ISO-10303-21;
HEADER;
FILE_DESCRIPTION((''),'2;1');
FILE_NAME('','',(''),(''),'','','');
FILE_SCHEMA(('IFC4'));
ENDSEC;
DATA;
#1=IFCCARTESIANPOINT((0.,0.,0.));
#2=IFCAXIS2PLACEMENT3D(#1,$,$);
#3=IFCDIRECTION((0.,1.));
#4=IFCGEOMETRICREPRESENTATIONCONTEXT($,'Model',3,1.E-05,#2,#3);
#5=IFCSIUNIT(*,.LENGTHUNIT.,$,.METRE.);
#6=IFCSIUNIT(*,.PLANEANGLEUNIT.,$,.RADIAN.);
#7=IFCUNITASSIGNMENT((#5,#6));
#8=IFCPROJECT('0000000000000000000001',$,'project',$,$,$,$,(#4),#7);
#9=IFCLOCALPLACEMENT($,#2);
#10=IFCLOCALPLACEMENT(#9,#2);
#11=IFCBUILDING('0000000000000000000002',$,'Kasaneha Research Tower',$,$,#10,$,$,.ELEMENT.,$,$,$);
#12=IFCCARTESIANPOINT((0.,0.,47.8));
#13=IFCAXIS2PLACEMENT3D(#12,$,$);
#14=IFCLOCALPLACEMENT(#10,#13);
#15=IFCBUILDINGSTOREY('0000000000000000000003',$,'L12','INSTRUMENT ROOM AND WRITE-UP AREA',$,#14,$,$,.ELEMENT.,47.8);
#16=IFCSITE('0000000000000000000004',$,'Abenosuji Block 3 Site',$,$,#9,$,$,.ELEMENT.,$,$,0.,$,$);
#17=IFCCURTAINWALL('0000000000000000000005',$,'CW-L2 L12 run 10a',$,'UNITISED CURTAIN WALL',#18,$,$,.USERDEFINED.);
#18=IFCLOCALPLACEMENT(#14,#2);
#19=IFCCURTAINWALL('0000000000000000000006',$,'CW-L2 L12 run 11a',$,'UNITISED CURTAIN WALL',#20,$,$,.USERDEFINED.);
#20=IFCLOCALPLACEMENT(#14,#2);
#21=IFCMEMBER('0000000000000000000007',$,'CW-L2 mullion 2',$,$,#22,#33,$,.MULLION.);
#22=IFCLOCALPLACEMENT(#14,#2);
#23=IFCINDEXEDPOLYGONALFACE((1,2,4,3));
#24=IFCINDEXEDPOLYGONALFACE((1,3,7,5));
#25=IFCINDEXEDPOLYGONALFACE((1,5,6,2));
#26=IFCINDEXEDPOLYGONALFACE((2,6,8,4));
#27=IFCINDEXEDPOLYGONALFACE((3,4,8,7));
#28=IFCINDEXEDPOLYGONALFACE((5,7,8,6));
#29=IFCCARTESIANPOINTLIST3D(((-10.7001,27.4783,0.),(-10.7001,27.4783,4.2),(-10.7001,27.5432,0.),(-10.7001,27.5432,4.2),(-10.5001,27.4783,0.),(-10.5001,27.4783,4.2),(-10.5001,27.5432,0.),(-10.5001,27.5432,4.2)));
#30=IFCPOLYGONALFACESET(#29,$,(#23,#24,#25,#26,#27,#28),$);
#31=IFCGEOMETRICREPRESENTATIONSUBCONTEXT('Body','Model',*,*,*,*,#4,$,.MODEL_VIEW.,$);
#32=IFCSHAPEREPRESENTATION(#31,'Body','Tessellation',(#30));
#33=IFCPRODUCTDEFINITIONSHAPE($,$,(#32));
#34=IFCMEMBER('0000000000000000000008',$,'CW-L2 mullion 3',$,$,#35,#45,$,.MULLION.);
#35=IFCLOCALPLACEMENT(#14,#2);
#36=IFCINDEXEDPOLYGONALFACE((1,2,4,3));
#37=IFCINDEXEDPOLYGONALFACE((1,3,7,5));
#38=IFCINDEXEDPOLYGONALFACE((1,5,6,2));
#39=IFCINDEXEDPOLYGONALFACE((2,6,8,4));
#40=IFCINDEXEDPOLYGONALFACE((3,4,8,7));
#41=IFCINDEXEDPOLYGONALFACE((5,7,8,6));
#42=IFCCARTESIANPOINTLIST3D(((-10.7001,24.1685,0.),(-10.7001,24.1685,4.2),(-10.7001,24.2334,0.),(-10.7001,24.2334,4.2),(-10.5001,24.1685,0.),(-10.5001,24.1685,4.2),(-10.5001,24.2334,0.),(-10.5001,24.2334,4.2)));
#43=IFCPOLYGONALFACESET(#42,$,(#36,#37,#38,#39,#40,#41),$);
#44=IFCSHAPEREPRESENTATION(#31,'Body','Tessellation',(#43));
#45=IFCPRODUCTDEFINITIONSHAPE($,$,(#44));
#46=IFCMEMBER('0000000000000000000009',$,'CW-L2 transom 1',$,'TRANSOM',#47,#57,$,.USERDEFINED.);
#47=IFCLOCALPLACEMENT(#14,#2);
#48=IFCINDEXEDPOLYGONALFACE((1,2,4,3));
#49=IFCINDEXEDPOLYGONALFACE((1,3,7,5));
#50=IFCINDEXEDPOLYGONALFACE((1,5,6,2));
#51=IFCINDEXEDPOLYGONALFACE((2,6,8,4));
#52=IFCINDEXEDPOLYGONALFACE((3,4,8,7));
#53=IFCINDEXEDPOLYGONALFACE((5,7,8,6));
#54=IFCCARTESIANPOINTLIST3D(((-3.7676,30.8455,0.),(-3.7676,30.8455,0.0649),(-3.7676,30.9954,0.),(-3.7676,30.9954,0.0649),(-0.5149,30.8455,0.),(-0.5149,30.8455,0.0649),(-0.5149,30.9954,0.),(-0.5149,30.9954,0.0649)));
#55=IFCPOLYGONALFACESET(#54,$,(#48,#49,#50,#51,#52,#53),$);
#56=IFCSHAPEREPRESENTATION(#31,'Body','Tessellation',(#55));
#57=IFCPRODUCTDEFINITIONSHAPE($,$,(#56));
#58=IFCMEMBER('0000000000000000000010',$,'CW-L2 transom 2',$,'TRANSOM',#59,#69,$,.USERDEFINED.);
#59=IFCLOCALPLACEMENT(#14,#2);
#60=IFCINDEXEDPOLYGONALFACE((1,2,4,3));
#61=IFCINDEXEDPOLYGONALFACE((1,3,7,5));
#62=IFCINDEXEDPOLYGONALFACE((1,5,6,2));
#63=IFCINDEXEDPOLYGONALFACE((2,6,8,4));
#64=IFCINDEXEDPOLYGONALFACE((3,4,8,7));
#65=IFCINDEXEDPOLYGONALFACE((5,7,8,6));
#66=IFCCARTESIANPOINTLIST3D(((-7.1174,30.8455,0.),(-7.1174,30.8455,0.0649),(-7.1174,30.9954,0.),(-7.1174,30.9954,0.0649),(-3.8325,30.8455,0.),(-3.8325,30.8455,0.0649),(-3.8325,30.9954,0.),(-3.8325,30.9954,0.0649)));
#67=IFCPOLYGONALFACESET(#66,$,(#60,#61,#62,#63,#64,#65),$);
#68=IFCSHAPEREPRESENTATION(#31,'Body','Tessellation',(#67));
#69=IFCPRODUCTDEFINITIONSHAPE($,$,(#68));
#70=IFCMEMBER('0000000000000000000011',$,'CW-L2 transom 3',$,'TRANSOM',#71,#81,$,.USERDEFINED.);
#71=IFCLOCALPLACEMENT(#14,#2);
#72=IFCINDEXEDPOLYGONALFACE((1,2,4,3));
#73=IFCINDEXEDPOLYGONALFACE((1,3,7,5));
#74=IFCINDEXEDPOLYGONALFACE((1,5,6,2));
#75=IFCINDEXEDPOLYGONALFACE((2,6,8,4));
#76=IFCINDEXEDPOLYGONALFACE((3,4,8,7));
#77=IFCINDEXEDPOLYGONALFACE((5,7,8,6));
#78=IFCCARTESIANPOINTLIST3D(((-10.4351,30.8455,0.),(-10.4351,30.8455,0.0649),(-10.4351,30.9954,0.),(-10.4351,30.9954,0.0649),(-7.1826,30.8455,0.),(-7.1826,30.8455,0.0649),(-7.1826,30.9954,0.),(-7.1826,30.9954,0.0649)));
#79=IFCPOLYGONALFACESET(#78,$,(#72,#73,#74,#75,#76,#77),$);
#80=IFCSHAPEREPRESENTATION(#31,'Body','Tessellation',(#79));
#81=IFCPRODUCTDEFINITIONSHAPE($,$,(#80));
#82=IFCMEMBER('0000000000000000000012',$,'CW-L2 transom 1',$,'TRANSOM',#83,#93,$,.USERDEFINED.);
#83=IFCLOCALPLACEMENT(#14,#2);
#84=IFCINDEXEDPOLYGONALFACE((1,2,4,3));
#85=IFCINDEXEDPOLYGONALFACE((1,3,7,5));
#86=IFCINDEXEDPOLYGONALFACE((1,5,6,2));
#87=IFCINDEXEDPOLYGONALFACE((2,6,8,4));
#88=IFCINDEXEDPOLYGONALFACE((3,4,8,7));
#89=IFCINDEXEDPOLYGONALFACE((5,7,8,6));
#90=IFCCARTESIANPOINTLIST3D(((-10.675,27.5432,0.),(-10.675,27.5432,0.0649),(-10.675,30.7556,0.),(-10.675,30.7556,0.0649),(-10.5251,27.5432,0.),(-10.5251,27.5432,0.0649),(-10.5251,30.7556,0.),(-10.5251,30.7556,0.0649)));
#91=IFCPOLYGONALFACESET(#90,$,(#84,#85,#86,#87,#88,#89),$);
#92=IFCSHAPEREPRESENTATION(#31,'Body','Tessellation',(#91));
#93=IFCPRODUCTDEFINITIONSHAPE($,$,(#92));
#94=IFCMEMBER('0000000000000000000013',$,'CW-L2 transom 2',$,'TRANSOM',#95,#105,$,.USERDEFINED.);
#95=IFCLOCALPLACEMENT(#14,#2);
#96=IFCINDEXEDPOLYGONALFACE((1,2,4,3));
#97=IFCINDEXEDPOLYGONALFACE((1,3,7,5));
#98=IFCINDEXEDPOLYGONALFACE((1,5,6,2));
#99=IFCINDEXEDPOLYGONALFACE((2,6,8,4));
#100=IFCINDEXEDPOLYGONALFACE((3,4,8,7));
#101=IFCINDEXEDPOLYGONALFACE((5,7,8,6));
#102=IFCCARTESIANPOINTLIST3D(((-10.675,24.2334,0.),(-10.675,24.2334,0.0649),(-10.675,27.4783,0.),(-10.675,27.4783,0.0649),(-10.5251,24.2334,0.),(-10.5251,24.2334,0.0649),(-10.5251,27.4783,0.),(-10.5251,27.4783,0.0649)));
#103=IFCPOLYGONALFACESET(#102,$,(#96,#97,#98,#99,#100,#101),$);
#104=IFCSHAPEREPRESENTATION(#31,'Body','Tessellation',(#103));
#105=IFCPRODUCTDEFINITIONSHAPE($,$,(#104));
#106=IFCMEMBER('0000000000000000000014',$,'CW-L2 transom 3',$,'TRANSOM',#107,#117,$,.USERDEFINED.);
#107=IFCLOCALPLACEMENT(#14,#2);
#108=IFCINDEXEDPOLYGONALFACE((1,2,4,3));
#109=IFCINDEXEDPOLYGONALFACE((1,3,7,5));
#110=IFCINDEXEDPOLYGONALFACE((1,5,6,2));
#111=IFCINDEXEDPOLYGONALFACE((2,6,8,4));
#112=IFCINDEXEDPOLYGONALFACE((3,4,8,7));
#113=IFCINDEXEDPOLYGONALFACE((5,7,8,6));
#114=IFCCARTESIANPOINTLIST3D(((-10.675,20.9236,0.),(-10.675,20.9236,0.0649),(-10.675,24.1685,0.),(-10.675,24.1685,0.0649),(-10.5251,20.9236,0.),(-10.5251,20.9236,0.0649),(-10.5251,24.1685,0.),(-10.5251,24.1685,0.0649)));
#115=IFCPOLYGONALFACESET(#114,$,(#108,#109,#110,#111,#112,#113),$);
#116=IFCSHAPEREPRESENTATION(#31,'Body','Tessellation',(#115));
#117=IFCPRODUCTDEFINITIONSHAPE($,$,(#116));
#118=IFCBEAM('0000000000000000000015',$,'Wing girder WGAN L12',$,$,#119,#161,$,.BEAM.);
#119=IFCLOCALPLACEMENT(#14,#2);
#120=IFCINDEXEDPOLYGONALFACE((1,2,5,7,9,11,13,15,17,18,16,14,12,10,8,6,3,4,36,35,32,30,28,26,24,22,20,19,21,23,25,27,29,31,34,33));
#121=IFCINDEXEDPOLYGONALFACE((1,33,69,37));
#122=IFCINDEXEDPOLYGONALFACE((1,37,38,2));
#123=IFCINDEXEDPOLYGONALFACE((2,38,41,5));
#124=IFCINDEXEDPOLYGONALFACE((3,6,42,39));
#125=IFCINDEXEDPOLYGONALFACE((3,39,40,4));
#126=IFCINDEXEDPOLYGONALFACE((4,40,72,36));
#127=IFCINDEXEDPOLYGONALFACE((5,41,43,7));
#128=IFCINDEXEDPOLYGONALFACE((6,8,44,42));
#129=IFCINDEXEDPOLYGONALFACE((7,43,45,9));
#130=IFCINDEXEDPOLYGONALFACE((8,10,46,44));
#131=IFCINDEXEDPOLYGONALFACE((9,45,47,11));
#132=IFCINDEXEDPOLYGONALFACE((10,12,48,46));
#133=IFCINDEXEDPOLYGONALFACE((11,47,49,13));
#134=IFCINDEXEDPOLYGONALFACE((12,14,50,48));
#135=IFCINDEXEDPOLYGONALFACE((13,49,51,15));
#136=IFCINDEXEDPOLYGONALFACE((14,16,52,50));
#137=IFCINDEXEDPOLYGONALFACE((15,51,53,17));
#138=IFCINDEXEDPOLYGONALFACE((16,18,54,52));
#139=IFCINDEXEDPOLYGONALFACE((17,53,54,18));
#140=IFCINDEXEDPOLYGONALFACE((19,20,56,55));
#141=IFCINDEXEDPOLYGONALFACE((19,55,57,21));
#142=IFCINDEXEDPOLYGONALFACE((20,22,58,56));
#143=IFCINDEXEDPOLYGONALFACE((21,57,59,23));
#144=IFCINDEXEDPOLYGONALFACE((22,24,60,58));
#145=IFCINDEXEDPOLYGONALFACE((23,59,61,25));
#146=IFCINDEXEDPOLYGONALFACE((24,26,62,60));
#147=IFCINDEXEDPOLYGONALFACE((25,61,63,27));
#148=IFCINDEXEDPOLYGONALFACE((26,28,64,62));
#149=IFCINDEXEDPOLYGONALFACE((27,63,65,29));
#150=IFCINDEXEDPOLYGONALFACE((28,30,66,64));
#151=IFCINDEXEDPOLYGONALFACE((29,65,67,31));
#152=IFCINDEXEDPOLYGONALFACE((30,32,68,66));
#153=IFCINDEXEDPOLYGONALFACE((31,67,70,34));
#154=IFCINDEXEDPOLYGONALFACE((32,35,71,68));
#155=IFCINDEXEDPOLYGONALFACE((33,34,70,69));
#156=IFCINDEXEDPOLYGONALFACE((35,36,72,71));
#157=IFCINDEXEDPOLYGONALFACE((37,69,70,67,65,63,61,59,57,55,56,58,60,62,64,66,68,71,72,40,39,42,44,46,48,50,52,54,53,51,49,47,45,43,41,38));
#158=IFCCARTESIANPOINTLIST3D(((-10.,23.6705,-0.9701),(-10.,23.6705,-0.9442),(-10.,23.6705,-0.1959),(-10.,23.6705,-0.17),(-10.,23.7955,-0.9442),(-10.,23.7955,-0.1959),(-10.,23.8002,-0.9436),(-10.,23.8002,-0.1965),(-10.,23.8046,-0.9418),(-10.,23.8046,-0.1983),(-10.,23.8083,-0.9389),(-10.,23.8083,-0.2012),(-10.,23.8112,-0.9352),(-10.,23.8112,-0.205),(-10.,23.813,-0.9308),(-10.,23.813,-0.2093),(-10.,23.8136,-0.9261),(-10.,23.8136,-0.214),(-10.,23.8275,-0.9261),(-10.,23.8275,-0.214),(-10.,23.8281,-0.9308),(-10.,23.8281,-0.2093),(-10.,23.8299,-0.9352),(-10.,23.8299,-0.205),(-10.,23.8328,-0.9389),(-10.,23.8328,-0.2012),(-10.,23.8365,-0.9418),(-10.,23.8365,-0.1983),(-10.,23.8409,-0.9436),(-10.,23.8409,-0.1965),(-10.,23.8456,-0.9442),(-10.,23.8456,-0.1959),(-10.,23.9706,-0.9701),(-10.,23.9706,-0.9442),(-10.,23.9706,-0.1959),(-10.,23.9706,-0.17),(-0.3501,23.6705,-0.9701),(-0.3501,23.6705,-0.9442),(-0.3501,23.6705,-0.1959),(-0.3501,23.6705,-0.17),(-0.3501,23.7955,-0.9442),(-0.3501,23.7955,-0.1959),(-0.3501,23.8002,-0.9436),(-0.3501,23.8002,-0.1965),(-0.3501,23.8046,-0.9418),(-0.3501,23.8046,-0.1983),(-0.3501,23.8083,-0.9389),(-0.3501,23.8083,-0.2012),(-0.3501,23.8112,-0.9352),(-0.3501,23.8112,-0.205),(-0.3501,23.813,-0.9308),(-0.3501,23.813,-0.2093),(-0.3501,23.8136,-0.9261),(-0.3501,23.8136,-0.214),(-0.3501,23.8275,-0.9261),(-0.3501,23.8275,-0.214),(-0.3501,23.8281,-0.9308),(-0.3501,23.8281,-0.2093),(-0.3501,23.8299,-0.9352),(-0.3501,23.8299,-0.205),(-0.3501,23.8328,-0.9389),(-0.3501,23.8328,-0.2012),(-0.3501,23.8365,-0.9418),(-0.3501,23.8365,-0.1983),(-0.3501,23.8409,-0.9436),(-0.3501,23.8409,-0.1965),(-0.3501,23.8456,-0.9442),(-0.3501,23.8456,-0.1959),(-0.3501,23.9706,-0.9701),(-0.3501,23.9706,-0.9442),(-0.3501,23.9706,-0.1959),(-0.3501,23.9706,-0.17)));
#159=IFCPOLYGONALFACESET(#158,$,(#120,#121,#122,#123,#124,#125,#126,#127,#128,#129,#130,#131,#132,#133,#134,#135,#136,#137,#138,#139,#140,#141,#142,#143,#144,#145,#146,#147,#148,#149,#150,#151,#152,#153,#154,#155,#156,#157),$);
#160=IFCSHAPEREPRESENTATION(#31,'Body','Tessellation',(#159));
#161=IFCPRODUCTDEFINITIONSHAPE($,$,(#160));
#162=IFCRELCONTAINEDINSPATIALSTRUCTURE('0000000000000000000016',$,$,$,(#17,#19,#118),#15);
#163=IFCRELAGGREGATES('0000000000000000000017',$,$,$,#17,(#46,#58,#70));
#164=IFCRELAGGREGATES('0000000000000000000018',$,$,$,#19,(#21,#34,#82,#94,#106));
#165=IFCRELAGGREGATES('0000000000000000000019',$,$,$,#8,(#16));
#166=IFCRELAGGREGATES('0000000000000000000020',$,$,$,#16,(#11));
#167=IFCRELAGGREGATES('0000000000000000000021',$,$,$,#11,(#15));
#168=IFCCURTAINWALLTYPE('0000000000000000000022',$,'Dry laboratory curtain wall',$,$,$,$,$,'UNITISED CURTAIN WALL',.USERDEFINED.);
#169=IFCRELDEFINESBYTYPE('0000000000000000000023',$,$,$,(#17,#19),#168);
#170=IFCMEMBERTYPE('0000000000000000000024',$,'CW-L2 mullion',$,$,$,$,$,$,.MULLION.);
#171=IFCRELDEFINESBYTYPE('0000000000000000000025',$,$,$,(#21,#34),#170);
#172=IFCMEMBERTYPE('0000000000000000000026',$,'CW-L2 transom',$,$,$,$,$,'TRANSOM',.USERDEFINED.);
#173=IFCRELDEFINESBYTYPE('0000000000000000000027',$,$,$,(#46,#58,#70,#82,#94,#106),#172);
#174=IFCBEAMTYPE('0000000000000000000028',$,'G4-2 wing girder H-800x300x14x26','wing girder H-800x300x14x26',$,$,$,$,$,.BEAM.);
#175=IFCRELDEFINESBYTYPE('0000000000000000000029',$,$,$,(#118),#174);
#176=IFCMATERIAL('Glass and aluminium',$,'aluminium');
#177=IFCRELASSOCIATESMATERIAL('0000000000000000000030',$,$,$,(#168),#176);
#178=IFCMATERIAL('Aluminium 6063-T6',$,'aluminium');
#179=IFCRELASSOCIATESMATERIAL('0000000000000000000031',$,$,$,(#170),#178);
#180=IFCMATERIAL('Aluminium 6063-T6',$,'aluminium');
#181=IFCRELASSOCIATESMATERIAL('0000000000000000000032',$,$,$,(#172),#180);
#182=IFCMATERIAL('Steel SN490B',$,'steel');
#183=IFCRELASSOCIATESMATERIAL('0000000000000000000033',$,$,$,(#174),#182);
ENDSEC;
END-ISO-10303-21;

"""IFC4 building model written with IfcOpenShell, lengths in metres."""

from ifc_helpers import new_model, si_unit, direction, frame, origin, origin_2d, place, context, subcontext, project, spatial, rectangle, i_section, extrude, material, material_profile, profile_set, type_object, element, aggregate, save


model = new_model("IFC4")

# Units and contexts
model_context = context("Model", 3, precision=1e-05, world=origin(), true_north=direction((0.0, 1.0)))
body_context = subcontext(model_context, "Body", "Model", "MODEL_VIEW")
ifc_project = project(units=[si_unit("LENGTHUNIT", "METRE"), si_unit("PLANEANGLEUNIT", "RADIAN")], contexts=[model_context])

# Site, building, storey
site_placement = place(None, origin())
site = spatial("IfcSite", under=ifc_project, at=site_placement, Name="Abenosuji Block 3 Site", CompositionType="ELEMENT", RefElevation=0.0)
building_placement = place(site_placement, origin())
building = spatial("IfcBuilding", under=site, at=building_placement, Name="Kasaneha Research Tower", CompositionType="ELEMENT")
storey_placement = place(building_placement, frame((0.0, 0.0, 47.8)))
storey = spatial("IfcBuildingStorey", under=building, at=storey_placement, Name="L12", Description="INSTRUMENT ROOM AND WRITE-UP AREA", CompositionType="ELEMENT", Elevation=47.8)

# Curtain walls, members
ifc_material_1 = material(Name="Glass and aluminium", Category="aluminium")
curtain_wall_type = type_object("IfcCurtainWallType", Name="Dry laboratory curtain wall", ElementType="UNITISED CURTAIN WALL", PredefinedType="USERDEFINED", material=ifc_material_1)
curtain_wall_1_placement = place(storey_placement, origin())
curtain_wall_1 = element("IfcCurtainWall", 1, at=curtain_wall_1_placement, inside=storey, type_object=curtain_wall_type, Name="CW-L2 L12 run 10a", ObjectType="UNITISED CURTAIN WALL", PredefinedType="USERDEFINED")
ifc_material_2 = material(Name="Aluminium 6063-T6", Category="aluminium")
ifc_material_profile_1 = material_profile(ifc_material_2, rectangle(XDim=0.0649, YDim=0.2, at=origin_2d()), Name="CW-L2 mullion 65x200")
ifc_profile_set_1 = profile_set([ifc_material_profile_1], Name="Aluminium 6063-T6")
member_type_1 = type_object("IfcMemberType", Name="CW-L2 mullion", PredefinedType="MULLION", material=ifc_profile_set_1)
curtain_wall_2_placement = place(storey_placement, origin())
curtain_wall_2 = element("IfcCurtainWall", 2, at=curtain_wall_2_placement, inside=storey, type_object=curtain_wall_type, Name="CW-L2 L12 run 11a", ObjectType="UNITISED CURTAIN WALL", PredefinedType="USERDEFINED")
member_1_placement = place(storey_placement, frame((-10.6001, 27.5107, 0.0), z_axis=(0.0, 0.0, 1.0), x_axis=(0.0, -1.0, 0.0)))
member_1 = element("IfcMember", 3, at=member_1_placement, type_object=member_type_1, Name="CW-L2 mullion 2", PredefinedType="MULLION", context=body_context, shape_type="SweptSolid", body=[
    extrude(rectangle(XDim=0.0649, YDim=0.2, at=origin_2d()), origin(), (0.0, 0.0, 1.0), 4.2),
])
member_2_placement = place(storey_placement, frame((-10.6001, 24.2009, 0.0), z_axis=(0.0, 0.0, 1.0), x_axis=(0.0, -1.0, 0.0)))
member_2 = element("IfcMember", 4, at=member_2_placement, type_object=member_type_1, Name="CW-L2 mullion 3", PredefinedType="MULLION", context=body_context, shape_type="SweptSolid", body=[
    extrude(rectangle(XDim=0.0649, YDim=0.2, at=origin_2d()), origin(), (0.0, 0.0, 1.0), 4.2),
])

# Members
ifc_material_3 = material(Name="Aluminium 6063-T6", Category="aluminium")
ifc_material_profile_2 = material_profile(ifc_material_3, rectangle(XDim=0.1499, YDim=0.0649, at=origin_2d()), Name="CW-L2 transom 150x65")
ifc_profile_set_2 = profile_set([ifc_material_profile_2], Name="Aluminium 6063-T6")
member_type_2 = type_object("IfcMemberType", Name="CW-L2 transom", ElementType="TRANSOM", PredefinedType="USERDEFINED", material=ifc_profile_set_2)
member_3_placement = place(storey_placement, frame((-0.5149, 30.9204, 0.0325), z_axis=(-1.0, 0.0, 0.0), x_axis=(0.0, -1.0, 0.0)))
member_3 = element("IfcMember", 5, at=member_3_placement, type_object=member_type_2, Name="CW-L2 transom 1", ObjectType="TRANSOM", PredefinedType="USERDEFINED", context=body_context, shape_type="SweptSolid", body=[
    extrude(rectangle(XDim=0.1499, YDim=0.0649, at=origin_2d()), origin(), (0.0, 0.0, 1.0), 3.2527),
])
member_4_placement = place(storey_placement, frame((-3.8325, 30.9204, 0.0325), z_axis=(-1.0, 0.0, 0.0), x_axis=(0.0, -1.0, 0.0)))
member_4 = element("IfcMember", 6, at=member_4_placement, type_object=member_type_2, Name="CW-L2 transom 2", ObjectType="TRANSOM", PredefinedType="USERDEFINED", context=body_context, shape_type="SweptSolid", body=[
    extrude(rectangle(XDim=0.1499, YDim=0.0649, at=origin_2d()), origin(), (0.0, 0.0, 1.0), 3.2849),
])
member_5_placement = place(storey_placement, frame((-7.1826, 30.9204, 0.0325), z_axis=(-1.0, 0.0, 0.0), x_axis=(0.0, -1.0, 0.0)))
member_5 = element("IfcMember", 7, at=member_5_placement, type_object=member_type_2, Name="CW-L2 transom 3", ObjectType="TRANSOM", PredefinedType="USERDEFINED", context=body_context, shape_type="SweptSolid", body=[
    extrude(rectangle(XDim=0.1499, YDim=0.0649, at=origin_2d()), origin(), (0.0, 0.0, 1.0), 3.2524),
])
member_6_placement = place(storey_placement, frame((-10.6001, 30.7556, 0.0325), z_axis=(0.0, -1.0, 0.0), x_axis=(1.0, 0.0, 0.0)))
member_6 = element("IfcMember", 8, at=member_6_placement, type_object=member_type_2, Name="CW-L2 transom 1", ObjectType="TRANSOM", PredefinedType="USERDEFINED", context=body_context, shape_type="SweptSolid", body=[
    extrude(rectangle(XDim=0.1499, YDim=0.0649, at=origin_2d()), origin(), (0.0, 0.0, 1.0), 3.2124),
])
member_7_placement = place(storey_placement, frame((-10.6001, 27.4783, 0.0325), z_axis=(0.0, -1.0, 0.0), x_axis=(1.0, 0.0, 0.0)))
member_7 = element("IfcMember", 9, at=member_7_placement, type_object=member_type_2, Name="CW-L2 transom 2", ObjectType="TRANSOM", PredefinedType="USERDEFINED", context=body_context, shape_type="SweptSolid", body=[
    extrude(rectangle(XDim=0.1499, YDim=0.0649, at=origin_2d()), origin(), (0.0, 0.0, 1.0), 3.2449),
])
member_8_placement = place(storey_placement, frame((-10.6001, 24.1685, 0.0325), z_axis=(0.0, -1.0, 0.0), x_axis=(1.0, 0.0, 0.0)))
member_8 = element("IfcMember", 10, at=member_8_placement, type_object=member_type_2, Name="CW-L2 transom 3", ObjectType="TRANSOM", PredefinedType="USERDEFINED", context=body_context, shape_type="SweptSolid", body=[
    extrude(rectangle(XDim=0.1499, YDim=0.0649, at=origin_2d()), origin(), (0.0, 0.0, 1.0), 3.2449),
])

# Beam
ifc_material_4 = material(Name="Steel SN490B", Category="steel")
ifc_material_profile_3 = material_profile(ifc_material_4, i_section(OverallWidth=0.3, OverallDepth=0.8, WebThickness=0.0139, FlangeThickness=0.0259, FilletRadius=0.0181, at=origin_2d()), Name="H-800x300x14x26")
ifc_profile_set_3 = profile_set([ifc_material_profile_3], Name="Steel SN490B")
beam_type_1 = type_object("IfcBeamType", Name="G4-2 wing girder H-800x300x14x26", Description="wing girder H-800x300x14x26", PredefinedType="BEAM", material=ifc_profile_set_3)
beam_1_placement = place(storey_placement, frame((-10.0, 23.8206, -0.5701), z_axis=(1.0, 0.0, 0.0), x_axis=(0.0, 1.0, 0.0)))
element("IfcBeam", 11, at=beam_1_placement, inside=storey, type_object=beam_type_1, Name="Wing girder WGAN L12", PredefinedType="BEAM", context=body_context, shape_type="SweptSolid", body=[
    extrude(i_section(OverallWidth=0.3, OverallDepth=0.8, WebThickness=0.0139, FlangeThickness=0.0259, FilletRadius=0.0181, at=origin_2d()), origin(), (0.0, 0.0, 1.0), 9.6499),
])

aggregate(curtain_wall_1, [member_3, member_4, member_5])
aggregate(curtain_wall_2, [member_1, member_2, member_6, member_7, member_8])

save(model, "model.ifc")
